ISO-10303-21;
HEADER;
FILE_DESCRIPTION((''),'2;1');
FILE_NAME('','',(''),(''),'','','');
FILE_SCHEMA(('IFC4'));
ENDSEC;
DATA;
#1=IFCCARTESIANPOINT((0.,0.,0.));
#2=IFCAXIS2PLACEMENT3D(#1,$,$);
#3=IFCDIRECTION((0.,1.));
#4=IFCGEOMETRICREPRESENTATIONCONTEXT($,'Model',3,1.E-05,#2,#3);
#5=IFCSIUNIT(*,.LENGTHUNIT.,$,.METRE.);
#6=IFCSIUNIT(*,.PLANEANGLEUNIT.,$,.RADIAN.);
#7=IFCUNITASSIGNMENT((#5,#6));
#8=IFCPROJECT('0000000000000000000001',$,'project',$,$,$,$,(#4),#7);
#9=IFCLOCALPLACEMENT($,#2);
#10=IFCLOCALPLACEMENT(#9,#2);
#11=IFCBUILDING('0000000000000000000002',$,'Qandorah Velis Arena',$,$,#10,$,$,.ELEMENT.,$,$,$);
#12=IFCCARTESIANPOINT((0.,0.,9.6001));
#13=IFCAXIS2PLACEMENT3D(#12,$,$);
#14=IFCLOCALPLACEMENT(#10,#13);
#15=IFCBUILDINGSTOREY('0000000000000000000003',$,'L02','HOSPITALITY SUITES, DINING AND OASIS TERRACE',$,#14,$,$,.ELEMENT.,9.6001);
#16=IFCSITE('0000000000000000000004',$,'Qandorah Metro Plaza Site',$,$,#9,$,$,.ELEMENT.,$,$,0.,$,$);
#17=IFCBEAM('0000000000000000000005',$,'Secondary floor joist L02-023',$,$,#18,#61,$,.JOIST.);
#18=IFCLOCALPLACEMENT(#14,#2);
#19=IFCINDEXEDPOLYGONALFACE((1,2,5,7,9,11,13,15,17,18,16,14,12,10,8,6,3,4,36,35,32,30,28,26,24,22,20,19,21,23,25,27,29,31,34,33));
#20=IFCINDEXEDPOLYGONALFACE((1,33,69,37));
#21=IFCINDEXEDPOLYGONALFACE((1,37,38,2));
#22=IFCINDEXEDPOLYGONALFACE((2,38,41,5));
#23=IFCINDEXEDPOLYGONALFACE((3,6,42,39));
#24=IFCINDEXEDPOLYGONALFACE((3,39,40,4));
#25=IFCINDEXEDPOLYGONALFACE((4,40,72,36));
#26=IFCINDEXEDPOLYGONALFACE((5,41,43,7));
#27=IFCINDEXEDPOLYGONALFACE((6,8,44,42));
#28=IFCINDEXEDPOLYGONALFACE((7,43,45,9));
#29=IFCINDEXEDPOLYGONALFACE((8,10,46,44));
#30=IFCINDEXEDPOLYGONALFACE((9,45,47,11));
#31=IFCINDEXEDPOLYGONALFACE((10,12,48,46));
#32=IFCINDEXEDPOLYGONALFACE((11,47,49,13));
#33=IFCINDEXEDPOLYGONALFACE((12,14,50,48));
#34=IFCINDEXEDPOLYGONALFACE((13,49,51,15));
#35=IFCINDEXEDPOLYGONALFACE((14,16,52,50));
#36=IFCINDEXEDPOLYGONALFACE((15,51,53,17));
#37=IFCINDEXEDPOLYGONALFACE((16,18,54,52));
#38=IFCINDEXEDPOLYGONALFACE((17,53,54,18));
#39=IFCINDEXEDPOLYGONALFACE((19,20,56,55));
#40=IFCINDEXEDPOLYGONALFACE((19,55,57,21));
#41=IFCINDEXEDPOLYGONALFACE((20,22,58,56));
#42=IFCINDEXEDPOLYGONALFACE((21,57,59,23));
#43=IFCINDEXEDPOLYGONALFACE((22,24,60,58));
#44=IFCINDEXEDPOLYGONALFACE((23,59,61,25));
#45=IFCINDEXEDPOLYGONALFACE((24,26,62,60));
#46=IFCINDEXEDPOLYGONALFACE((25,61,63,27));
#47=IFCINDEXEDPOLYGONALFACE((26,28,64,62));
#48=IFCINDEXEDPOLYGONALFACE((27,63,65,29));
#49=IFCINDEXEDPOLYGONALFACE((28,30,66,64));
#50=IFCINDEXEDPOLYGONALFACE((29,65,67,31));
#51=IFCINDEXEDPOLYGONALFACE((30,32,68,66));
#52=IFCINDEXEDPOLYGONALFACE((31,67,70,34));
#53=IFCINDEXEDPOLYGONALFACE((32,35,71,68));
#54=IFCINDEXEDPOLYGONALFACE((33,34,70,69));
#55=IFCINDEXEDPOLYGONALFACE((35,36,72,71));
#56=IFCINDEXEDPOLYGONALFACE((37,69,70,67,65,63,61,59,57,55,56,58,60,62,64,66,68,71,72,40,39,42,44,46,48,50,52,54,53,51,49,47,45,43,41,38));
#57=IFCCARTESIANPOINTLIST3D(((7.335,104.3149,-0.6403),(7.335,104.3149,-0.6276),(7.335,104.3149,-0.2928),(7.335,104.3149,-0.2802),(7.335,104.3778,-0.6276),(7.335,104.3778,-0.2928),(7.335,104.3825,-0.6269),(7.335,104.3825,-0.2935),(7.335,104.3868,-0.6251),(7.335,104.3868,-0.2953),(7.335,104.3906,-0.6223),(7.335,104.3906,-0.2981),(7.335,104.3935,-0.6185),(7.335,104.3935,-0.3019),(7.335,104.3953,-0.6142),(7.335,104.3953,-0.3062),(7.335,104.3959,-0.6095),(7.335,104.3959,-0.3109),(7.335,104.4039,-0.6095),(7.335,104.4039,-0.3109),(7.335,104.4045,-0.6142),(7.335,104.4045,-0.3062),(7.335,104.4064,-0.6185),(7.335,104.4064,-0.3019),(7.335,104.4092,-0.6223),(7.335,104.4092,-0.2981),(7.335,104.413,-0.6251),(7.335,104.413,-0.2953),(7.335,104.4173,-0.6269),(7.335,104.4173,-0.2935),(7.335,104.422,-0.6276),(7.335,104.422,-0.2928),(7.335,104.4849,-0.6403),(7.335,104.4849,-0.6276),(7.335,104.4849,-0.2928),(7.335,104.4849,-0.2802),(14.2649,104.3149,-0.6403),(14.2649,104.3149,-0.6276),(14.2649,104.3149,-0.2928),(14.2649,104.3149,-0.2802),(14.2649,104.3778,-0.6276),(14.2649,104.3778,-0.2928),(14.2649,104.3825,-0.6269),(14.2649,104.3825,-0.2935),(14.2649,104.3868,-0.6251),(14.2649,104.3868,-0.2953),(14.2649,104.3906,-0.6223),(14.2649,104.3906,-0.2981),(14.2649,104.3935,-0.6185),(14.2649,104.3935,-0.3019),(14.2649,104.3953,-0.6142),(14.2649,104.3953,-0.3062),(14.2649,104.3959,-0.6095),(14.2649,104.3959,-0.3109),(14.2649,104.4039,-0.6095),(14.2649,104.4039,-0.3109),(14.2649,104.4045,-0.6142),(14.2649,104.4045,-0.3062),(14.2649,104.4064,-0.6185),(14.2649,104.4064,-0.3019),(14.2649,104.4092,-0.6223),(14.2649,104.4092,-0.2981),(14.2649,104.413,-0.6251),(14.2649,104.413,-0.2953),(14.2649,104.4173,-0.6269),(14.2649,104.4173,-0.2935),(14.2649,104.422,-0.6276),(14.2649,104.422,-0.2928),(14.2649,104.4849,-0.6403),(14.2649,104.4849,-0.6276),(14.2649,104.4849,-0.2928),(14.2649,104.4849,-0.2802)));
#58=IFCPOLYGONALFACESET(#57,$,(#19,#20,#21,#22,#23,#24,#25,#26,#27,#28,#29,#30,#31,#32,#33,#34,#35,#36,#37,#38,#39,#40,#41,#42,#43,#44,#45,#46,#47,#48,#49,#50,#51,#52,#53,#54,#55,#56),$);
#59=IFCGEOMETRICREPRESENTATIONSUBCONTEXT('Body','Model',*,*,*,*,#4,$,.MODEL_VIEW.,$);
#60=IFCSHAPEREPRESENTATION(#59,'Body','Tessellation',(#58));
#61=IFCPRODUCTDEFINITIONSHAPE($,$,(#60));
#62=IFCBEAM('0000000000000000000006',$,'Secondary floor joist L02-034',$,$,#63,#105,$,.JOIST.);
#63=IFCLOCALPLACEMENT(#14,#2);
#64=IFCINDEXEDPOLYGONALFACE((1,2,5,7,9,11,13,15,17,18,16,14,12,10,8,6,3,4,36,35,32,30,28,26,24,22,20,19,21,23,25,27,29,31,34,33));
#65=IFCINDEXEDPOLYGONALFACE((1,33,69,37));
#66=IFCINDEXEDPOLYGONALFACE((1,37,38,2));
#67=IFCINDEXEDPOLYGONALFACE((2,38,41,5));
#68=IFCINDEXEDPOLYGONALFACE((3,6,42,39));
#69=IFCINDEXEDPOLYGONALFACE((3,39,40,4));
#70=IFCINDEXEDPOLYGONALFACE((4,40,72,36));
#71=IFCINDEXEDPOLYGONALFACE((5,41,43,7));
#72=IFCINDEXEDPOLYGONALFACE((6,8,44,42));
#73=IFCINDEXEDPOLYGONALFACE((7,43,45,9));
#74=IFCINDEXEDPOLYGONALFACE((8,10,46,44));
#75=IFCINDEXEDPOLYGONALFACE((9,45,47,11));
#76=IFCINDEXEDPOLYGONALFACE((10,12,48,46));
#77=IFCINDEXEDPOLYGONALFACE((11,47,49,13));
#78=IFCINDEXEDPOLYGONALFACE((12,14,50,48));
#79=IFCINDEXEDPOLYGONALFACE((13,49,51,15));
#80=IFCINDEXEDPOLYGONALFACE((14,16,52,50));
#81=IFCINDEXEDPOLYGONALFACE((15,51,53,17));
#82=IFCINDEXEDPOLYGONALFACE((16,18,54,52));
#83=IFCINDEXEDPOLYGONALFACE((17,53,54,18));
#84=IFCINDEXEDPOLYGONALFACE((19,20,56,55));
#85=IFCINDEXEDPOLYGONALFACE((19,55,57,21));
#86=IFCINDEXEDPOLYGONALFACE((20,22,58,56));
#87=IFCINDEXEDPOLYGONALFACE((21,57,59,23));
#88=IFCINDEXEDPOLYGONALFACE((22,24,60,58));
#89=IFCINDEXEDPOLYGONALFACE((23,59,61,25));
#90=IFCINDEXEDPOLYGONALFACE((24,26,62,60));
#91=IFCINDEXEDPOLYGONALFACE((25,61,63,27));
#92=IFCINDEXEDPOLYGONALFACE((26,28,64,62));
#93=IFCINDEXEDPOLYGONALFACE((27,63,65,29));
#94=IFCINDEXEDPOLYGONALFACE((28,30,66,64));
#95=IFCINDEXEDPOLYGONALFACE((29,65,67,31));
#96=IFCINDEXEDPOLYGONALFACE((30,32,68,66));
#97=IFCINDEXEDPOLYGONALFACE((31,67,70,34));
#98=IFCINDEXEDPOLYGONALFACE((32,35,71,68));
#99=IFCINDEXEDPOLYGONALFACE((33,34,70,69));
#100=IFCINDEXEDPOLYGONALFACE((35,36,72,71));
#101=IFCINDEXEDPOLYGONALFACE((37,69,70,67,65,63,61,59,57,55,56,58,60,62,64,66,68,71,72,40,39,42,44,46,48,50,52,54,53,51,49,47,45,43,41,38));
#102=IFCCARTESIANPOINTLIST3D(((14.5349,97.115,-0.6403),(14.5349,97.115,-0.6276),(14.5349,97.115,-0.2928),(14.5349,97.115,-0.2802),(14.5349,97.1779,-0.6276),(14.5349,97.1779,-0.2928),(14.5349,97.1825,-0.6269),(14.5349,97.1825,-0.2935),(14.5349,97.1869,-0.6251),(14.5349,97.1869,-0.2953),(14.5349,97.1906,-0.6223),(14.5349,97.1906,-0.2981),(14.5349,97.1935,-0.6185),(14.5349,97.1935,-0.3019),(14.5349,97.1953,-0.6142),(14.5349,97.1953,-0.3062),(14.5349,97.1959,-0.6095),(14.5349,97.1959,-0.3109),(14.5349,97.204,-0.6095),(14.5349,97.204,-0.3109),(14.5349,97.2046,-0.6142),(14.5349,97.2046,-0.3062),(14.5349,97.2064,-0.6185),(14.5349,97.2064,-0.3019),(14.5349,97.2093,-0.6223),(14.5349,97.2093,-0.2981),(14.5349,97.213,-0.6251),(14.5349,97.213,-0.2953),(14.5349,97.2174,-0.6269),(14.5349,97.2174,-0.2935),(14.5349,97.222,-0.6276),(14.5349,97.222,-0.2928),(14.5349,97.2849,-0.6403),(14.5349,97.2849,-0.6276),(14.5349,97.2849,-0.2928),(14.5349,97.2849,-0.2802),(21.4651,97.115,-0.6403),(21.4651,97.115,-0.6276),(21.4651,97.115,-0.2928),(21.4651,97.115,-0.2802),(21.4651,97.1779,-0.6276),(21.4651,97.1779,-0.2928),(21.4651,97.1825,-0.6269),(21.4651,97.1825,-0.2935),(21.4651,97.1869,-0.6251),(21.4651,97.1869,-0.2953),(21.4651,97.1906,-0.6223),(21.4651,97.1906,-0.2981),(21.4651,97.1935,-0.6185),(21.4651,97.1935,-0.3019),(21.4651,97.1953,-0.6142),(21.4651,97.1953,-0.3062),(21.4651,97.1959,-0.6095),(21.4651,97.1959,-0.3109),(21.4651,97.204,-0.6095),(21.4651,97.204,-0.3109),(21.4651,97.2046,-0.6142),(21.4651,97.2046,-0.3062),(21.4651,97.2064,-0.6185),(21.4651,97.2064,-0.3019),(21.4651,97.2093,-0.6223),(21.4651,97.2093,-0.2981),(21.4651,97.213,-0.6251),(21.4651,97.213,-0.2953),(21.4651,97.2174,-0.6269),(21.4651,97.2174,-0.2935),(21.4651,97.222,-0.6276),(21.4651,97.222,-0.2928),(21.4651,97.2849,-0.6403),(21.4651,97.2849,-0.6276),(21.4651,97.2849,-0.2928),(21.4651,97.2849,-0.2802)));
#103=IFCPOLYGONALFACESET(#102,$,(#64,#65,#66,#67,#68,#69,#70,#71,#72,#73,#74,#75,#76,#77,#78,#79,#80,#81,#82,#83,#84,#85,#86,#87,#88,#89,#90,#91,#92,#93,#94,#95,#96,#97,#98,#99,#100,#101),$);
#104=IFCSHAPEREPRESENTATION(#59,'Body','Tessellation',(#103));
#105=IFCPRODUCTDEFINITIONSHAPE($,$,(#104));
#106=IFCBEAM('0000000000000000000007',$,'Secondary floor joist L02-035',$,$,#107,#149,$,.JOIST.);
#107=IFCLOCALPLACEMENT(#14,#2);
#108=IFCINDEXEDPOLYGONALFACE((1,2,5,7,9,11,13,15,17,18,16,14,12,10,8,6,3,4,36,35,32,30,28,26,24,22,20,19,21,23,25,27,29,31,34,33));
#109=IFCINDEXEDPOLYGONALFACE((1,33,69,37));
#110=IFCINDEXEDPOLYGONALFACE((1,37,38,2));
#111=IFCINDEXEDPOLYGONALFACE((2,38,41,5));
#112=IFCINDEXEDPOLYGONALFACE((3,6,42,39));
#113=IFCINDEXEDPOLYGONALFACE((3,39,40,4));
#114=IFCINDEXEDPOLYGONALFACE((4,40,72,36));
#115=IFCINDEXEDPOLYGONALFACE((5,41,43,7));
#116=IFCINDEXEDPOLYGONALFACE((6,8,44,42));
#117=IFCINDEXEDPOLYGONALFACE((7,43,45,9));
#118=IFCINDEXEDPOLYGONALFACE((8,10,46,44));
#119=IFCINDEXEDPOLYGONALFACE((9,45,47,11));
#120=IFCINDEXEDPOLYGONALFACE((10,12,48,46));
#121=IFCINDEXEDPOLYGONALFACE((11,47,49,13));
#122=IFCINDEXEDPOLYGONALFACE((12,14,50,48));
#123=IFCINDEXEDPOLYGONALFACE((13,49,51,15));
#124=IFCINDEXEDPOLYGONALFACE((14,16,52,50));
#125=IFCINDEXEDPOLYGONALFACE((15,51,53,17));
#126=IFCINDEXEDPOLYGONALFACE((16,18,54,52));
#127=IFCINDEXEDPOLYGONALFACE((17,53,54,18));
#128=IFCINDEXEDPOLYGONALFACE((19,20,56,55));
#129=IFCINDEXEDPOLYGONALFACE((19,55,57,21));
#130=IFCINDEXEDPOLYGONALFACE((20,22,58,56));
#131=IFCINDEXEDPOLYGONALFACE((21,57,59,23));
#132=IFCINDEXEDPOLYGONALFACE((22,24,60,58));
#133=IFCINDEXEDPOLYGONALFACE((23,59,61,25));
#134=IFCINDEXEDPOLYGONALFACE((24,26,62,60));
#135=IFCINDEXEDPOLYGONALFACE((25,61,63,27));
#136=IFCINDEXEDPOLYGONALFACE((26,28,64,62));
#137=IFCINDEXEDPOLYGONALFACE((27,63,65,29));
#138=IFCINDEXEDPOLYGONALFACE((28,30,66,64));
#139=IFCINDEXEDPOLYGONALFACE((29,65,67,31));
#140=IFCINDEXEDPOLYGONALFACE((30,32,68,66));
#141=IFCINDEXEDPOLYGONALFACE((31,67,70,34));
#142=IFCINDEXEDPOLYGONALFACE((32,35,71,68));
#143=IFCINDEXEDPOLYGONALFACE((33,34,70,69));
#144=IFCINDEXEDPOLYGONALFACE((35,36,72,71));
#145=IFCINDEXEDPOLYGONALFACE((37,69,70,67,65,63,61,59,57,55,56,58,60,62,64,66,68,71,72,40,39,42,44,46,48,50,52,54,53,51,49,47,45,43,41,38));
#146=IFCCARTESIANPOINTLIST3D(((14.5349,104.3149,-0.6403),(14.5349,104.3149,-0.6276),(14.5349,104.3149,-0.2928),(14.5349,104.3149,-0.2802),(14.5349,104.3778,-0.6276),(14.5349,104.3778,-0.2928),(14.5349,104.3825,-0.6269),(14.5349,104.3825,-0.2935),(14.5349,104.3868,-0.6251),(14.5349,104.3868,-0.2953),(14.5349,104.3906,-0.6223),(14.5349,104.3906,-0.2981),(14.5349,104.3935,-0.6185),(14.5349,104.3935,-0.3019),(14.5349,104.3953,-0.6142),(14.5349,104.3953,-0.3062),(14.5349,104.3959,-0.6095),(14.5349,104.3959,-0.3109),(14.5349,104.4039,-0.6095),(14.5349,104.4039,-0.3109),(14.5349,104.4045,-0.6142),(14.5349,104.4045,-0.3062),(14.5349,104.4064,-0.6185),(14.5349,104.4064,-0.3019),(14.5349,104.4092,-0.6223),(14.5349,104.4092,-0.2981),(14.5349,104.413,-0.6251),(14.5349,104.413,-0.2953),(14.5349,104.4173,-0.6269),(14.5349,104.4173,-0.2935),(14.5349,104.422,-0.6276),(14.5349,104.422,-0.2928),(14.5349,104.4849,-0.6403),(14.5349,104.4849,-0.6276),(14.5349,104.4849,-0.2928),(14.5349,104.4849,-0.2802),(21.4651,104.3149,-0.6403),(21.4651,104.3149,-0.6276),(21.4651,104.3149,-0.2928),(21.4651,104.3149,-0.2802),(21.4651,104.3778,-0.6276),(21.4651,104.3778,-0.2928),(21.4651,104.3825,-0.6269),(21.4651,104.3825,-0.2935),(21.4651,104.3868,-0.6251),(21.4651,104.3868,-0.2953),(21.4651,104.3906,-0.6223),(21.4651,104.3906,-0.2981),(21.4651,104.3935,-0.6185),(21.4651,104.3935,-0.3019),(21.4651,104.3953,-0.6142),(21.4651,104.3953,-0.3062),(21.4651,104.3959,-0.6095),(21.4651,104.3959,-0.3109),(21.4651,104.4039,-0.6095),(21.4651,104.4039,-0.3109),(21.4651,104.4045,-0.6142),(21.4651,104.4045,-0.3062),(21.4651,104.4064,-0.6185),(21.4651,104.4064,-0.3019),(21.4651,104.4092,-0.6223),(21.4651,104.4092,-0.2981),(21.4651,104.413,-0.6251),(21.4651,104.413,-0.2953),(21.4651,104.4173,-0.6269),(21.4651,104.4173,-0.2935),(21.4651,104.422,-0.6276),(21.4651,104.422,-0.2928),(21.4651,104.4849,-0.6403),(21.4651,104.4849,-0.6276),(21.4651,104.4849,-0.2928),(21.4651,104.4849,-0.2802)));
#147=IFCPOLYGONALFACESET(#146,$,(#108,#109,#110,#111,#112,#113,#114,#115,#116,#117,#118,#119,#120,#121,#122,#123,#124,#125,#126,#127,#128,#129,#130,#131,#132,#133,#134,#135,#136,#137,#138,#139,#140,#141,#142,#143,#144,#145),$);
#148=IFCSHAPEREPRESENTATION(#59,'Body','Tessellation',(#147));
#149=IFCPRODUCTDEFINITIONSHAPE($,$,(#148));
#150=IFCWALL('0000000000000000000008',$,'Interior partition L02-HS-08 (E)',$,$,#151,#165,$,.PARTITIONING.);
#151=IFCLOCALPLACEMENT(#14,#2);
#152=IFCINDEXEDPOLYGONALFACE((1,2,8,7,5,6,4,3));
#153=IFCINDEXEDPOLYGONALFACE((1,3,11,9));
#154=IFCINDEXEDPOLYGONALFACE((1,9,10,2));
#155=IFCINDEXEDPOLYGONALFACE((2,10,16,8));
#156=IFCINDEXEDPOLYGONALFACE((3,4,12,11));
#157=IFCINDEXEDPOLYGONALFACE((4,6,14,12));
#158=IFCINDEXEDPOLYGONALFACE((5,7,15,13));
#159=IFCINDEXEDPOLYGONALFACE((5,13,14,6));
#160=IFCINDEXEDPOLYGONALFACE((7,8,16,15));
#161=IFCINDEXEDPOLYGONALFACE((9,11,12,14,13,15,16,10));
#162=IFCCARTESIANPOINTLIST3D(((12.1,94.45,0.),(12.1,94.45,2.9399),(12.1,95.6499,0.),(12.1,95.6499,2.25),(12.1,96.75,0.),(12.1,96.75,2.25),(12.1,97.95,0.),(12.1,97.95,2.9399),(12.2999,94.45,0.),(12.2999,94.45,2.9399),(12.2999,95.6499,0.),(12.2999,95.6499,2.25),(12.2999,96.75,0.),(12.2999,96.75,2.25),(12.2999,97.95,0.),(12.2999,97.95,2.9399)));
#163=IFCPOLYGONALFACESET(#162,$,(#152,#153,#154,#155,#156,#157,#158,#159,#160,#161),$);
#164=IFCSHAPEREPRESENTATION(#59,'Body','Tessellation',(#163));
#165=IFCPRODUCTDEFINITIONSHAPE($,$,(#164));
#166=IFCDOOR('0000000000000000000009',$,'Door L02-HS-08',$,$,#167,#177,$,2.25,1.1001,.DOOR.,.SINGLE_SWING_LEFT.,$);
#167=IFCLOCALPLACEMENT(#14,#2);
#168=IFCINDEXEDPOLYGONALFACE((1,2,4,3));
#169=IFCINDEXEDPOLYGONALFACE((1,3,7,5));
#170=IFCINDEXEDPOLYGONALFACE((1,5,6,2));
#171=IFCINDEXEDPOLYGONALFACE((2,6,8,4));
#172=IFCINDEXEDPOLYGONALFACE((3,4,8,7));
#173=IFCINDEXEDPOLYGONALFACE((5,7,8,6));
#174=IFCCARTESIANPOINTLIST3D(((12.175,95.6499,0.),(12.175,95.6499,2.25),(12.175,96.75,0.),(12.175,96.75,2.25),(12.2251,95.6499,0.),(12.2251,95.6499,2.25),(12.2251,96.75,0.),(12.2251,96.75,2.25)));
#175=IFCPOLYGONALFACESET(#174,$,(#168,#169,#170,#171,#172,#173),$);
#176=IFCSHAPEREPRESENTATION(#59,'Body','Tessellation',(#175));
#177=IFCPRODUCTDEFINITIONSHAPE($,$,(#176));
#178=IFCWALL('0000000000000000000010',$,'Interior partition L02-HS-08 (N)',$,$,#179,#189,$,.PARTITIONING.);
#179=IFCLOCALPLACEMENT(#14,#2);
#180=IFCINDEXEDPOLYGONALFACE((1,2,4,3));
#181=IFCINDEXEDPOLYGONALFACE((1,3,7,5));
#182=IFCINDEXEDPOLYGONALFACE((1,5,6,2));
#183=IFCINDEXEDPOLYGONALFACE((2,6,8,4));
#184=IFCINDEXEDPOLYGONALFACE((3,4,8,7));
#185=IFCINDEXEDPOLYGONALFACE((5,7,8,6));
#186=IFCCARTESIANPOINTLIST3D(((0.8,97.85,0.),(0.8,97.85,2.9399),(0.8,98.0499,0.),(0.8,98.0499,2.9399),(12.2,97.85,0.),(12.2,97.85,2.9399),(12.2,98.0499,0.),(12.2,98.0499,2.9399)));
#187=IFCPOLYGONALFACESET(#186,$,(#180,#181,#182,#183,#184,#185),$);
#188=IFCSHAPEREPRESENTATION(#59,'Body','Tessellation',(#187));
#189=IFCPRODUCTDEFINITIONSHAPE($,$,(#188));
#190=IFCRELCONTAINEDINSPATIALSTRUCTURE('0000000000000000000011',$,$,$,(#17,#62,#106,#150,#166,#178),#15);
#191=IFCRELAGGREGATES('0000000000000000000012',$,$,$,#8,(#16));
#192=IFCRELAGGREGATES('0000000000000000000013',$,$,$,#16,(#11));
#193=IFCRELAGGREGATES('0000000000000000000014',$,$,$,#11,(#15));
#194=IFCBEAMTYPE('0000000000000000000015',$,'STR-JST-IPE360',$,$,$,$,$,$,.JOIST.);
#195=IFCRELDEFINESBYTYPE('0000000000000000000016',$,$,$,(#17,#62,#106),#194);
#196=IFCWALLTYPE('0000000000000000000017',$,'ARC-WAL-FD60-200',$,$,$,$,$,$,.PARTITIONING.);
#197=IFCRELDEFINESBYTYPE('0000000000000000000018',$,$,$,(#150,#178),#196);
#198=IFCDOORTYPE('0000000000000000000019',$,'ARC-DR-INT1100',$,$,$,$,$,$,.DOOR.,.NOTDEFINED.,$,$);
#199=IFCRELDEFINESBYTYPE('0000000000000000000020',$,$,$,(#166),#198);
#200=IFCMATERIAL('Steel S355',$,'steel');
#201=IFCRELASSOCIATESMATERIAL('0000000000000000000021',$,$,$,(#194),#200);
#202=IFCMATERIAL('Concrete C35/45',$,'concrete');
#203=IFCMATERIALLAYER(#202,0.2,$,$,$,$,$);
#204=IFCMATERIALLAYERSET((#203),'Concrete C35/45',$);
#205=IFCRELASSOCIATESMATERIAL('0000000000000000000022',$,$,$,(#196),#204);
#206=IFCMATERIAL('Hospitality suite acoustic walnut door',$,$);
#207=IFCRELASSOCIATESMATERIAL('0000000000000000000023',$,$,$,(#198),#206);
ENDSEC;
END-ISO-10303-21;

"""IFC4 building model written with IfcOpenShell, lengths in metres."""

from ifc_helpers import new_model, si_unit, direction, frame, frame_2d, origin, origin_2d, place, context, subcontext, project, spatial, rectangle, i_section, extrude, material, layer, layer_set, material_profile, profile_set, type_object, element, fill, save


model = new_model("IFC4")

# Units and contexts
model_context = context("Model", 3, precision=1e-05, world=origin(), true_north=direction((0.0, 1.0)))
body_context = subcontext(model_context, "Body", "Model", "MODEL_VIEW")
ifc_project = project(units=[si_unit("LENGTHUNIT", "METRE"), si_unit("PLANEANGLEUNIT", "RADIAN")], contexts=[model_context])

# Site, building, storey
site_placement = place(None, origin())
site = spatial("IfcSite", under=ifc_project, at=site_placement, Name="Qandorah Metro Plaza Site", CompositionType="ELEMENT", RefElevation=0.0)
building_placement = place(site_placement, origin())
building = spatial("IfcBuilding", under=site, at=building_placement, Name="Qandorah Velis Arena", CompositionType="ELEMENT")
storey_placement = place(building_placement, frame((0.0, 0.0, 9.6001)))
storey = spatial("IfcBuildingStorey", under=building, at=storey_placement, Name="L02", Description="HOSPITALITY SUITES, DINING AND OASIS TERRACE", CompositionType="ELEMENT", Elevation=9.6001)

# Shared definitions
ifc_material_1 = material(Name="Steel S355", Category="steel")

# Beams
ifc_material_profile_1 = material_profile(ifc_material_1, i_section(OverallWidth=0.1699, OverallDepth=0.3601, WebThickness=0.0081, FlangeThickness=0.0127, FilletRadius=0.0181, at=origin_2d()), Name="IPE 360")
ifc_profile_set_1 = profile_set([ifc_material_profile_1], Name="Steel S355")
beam_type_1 = type_object("IfcBeamType", Name="STR-JST-IPE360", PredefinedType="JOIST", material=ifc_profile_set_1)
for number, where, z_axis, x_axis, name in (
    (1, (7.335, 104.3999, -0.4602), (1.0, 0.0, 0.0), (0.0, 1.0, 0.0), "Secondary floor joist L02-023"),
):
    element("IfcBeam", number, at=place(storey_placement, frame(where, z_axis=z_axis, x_axis=x_axis)), inside=storey, type_object=beam_type_1, Name=name, PredefinedType="JOIST", context=body_context, shape_type="SweptSolid", body=[
        extrude(i_section(OverallWidth=0.1699, OverallDepth=0.3601, WebThickness=0.0081, FlangeThickness=0.0127, FilletRadius=0.0181, at=origin_2d()), origin(), (0.0, 0.0, 1.0), 6.9299),
    ])
for number, where, z_axis, x_axis, name in (
    (2, (14.5349, 97.2, -0.4602), (1.0, 0.0, 0.0), (0.0, 1.0, 0.0), "Secondary floor joist L02-034"),
    (3, (14.5349, 104.3999, -0.4602), (1.0, 0.0, 0.0), (0.0, 1.0, 0.0), "Secondary floor joist L02-035"),
):
    element("IfcBeam", number, at=place(storey_placement, frame(where, z_axis=z_axis, x_axis=x_axis)), inside=storey, type_object=beam_type_1, Name=name, PredefinedType="JOIST", context=body_context, shape_type="SweptSolid", body=[
        extrude(i_section(OverallWidth=0.1699, OverallDepth=0.3601, WebThickness=0.0081, FlangeThickness=0.0127, FilletRadius=0.0181, at=origin_2d()), origin(), (0.0, 0.0, 1.0), 6.9302),
    ])

# Wall, opening, door
ifc_material_2 = material(Name="Concrete C35/45", Category="concrete")
ifc_layer_1 = layer(ifc_material_2, 0.2)
ifc_layer_set_1 = layer_set([ifc_layer_1], Name="Concrete C35/45")
wall_type_1 = type_object("IfcWallType", Name="ARC-WAL-FD60-200", PredefinedType="PARTITIONING", material=ifc_layer_set_1)
wall_1_placement = place(storey_placement, frame((12.2, 94.45, 0.0), z_axis=(0.0, 0.0, 1.0), x_axis=(0.0, 1.0, 0.0)))
wall_1 = element("IfcWall", 4, at=wall_1_placement, inside=storey, type_object=wall_type_1, Name="Interior partition L02-HS-08 (E)", PredefinedType="PARTITIONING", context=body_context, shape_type="SweptSolid", body=[
    extrude(rectangle(XDim=3.5, YDim=0.2, at=frame_2d((1.75, 0.0))), origin(), (0.0, 0.0, 1.0), 2.9399),
])
opening_1_placement = place(wall_1_placement, frame((1.2, 0.0, 0.0)))
opening_1 = element("IfcOpeningElement", 5, at=opening_1_placement, cuts=wall_1, PredefinedType="OPENING", context=body_context, shape_type="SweptSolid", body=[
    extrude(rectangle(XDim=1.1001, YDim=2.25, at=frame_2d((0.55, 1.125))), frame((0.0, 0.1099, 0.0), z_axis=(0.0, -1.0, 0.0), x_axis=(1.0, 0.0, 0.0)), (0.0, 0.0, 1.0), 0.22),
])
ifc_material_3 = material(Name="Hospitality suite acoustic walnut door")
door_type_1 = type_object("IfcDoorType", Name="ARC-DR-INT1100", OperationType="NOTDEFINED", PredefinedType="DOOR", material=ifc_material_3)
door_1_placement = place(opening_1_placement, origin())
door_1 = element("IfcDoor", 6, at=door_1_placement, inside=storey, type_object=door_type_1, Name="Door L02-HS-08", OperationType="SINGLE_SWING_LEFT", OverallHeight=2.25, OverallWidth=1.1001, PredefinedType="DOOR", context=body_context, shape_type="SweptSolid", body=[
    extrude(rectangle(XDim=1.1001, YDim=2.25, at=frame_2d((0.55, 1.125))), frame((0.0, 0.0249, 0.0), z_axis=(0.0, -1.0, 0.0), x_axis=(1.0, 0.0, 0.0)), (0.0, 0.0, 1.0), 0.05),
])
fill(opening_1, door_1)

# Wall
for number, where, z_axis, x_axis, name in (
    (7, (12.2, 97.95, 0.0), (0.0, 0.0, 1.0), (-1.0, 0.0, 0.0), "Interior partition L02-HS-08 (N)"),
):
    element("IfcWall", number, at=place(storey_placement, frame(where, z_axis=z_axis, x_axis=x_axis)), inside=storey, type_object=wall_type_1, Name=name, PredefinedType="PARTITIONING", context=body_context, shape_type="SweptSolid", body=[
        extrude(rectangle(XDim=11.3999, YDim=0.2, at=frame_2d((5.7, 0.0))), origin(), (0.0, 0.0, 1.0), 2.9399),
    ])

save(model, "model.ifc")
